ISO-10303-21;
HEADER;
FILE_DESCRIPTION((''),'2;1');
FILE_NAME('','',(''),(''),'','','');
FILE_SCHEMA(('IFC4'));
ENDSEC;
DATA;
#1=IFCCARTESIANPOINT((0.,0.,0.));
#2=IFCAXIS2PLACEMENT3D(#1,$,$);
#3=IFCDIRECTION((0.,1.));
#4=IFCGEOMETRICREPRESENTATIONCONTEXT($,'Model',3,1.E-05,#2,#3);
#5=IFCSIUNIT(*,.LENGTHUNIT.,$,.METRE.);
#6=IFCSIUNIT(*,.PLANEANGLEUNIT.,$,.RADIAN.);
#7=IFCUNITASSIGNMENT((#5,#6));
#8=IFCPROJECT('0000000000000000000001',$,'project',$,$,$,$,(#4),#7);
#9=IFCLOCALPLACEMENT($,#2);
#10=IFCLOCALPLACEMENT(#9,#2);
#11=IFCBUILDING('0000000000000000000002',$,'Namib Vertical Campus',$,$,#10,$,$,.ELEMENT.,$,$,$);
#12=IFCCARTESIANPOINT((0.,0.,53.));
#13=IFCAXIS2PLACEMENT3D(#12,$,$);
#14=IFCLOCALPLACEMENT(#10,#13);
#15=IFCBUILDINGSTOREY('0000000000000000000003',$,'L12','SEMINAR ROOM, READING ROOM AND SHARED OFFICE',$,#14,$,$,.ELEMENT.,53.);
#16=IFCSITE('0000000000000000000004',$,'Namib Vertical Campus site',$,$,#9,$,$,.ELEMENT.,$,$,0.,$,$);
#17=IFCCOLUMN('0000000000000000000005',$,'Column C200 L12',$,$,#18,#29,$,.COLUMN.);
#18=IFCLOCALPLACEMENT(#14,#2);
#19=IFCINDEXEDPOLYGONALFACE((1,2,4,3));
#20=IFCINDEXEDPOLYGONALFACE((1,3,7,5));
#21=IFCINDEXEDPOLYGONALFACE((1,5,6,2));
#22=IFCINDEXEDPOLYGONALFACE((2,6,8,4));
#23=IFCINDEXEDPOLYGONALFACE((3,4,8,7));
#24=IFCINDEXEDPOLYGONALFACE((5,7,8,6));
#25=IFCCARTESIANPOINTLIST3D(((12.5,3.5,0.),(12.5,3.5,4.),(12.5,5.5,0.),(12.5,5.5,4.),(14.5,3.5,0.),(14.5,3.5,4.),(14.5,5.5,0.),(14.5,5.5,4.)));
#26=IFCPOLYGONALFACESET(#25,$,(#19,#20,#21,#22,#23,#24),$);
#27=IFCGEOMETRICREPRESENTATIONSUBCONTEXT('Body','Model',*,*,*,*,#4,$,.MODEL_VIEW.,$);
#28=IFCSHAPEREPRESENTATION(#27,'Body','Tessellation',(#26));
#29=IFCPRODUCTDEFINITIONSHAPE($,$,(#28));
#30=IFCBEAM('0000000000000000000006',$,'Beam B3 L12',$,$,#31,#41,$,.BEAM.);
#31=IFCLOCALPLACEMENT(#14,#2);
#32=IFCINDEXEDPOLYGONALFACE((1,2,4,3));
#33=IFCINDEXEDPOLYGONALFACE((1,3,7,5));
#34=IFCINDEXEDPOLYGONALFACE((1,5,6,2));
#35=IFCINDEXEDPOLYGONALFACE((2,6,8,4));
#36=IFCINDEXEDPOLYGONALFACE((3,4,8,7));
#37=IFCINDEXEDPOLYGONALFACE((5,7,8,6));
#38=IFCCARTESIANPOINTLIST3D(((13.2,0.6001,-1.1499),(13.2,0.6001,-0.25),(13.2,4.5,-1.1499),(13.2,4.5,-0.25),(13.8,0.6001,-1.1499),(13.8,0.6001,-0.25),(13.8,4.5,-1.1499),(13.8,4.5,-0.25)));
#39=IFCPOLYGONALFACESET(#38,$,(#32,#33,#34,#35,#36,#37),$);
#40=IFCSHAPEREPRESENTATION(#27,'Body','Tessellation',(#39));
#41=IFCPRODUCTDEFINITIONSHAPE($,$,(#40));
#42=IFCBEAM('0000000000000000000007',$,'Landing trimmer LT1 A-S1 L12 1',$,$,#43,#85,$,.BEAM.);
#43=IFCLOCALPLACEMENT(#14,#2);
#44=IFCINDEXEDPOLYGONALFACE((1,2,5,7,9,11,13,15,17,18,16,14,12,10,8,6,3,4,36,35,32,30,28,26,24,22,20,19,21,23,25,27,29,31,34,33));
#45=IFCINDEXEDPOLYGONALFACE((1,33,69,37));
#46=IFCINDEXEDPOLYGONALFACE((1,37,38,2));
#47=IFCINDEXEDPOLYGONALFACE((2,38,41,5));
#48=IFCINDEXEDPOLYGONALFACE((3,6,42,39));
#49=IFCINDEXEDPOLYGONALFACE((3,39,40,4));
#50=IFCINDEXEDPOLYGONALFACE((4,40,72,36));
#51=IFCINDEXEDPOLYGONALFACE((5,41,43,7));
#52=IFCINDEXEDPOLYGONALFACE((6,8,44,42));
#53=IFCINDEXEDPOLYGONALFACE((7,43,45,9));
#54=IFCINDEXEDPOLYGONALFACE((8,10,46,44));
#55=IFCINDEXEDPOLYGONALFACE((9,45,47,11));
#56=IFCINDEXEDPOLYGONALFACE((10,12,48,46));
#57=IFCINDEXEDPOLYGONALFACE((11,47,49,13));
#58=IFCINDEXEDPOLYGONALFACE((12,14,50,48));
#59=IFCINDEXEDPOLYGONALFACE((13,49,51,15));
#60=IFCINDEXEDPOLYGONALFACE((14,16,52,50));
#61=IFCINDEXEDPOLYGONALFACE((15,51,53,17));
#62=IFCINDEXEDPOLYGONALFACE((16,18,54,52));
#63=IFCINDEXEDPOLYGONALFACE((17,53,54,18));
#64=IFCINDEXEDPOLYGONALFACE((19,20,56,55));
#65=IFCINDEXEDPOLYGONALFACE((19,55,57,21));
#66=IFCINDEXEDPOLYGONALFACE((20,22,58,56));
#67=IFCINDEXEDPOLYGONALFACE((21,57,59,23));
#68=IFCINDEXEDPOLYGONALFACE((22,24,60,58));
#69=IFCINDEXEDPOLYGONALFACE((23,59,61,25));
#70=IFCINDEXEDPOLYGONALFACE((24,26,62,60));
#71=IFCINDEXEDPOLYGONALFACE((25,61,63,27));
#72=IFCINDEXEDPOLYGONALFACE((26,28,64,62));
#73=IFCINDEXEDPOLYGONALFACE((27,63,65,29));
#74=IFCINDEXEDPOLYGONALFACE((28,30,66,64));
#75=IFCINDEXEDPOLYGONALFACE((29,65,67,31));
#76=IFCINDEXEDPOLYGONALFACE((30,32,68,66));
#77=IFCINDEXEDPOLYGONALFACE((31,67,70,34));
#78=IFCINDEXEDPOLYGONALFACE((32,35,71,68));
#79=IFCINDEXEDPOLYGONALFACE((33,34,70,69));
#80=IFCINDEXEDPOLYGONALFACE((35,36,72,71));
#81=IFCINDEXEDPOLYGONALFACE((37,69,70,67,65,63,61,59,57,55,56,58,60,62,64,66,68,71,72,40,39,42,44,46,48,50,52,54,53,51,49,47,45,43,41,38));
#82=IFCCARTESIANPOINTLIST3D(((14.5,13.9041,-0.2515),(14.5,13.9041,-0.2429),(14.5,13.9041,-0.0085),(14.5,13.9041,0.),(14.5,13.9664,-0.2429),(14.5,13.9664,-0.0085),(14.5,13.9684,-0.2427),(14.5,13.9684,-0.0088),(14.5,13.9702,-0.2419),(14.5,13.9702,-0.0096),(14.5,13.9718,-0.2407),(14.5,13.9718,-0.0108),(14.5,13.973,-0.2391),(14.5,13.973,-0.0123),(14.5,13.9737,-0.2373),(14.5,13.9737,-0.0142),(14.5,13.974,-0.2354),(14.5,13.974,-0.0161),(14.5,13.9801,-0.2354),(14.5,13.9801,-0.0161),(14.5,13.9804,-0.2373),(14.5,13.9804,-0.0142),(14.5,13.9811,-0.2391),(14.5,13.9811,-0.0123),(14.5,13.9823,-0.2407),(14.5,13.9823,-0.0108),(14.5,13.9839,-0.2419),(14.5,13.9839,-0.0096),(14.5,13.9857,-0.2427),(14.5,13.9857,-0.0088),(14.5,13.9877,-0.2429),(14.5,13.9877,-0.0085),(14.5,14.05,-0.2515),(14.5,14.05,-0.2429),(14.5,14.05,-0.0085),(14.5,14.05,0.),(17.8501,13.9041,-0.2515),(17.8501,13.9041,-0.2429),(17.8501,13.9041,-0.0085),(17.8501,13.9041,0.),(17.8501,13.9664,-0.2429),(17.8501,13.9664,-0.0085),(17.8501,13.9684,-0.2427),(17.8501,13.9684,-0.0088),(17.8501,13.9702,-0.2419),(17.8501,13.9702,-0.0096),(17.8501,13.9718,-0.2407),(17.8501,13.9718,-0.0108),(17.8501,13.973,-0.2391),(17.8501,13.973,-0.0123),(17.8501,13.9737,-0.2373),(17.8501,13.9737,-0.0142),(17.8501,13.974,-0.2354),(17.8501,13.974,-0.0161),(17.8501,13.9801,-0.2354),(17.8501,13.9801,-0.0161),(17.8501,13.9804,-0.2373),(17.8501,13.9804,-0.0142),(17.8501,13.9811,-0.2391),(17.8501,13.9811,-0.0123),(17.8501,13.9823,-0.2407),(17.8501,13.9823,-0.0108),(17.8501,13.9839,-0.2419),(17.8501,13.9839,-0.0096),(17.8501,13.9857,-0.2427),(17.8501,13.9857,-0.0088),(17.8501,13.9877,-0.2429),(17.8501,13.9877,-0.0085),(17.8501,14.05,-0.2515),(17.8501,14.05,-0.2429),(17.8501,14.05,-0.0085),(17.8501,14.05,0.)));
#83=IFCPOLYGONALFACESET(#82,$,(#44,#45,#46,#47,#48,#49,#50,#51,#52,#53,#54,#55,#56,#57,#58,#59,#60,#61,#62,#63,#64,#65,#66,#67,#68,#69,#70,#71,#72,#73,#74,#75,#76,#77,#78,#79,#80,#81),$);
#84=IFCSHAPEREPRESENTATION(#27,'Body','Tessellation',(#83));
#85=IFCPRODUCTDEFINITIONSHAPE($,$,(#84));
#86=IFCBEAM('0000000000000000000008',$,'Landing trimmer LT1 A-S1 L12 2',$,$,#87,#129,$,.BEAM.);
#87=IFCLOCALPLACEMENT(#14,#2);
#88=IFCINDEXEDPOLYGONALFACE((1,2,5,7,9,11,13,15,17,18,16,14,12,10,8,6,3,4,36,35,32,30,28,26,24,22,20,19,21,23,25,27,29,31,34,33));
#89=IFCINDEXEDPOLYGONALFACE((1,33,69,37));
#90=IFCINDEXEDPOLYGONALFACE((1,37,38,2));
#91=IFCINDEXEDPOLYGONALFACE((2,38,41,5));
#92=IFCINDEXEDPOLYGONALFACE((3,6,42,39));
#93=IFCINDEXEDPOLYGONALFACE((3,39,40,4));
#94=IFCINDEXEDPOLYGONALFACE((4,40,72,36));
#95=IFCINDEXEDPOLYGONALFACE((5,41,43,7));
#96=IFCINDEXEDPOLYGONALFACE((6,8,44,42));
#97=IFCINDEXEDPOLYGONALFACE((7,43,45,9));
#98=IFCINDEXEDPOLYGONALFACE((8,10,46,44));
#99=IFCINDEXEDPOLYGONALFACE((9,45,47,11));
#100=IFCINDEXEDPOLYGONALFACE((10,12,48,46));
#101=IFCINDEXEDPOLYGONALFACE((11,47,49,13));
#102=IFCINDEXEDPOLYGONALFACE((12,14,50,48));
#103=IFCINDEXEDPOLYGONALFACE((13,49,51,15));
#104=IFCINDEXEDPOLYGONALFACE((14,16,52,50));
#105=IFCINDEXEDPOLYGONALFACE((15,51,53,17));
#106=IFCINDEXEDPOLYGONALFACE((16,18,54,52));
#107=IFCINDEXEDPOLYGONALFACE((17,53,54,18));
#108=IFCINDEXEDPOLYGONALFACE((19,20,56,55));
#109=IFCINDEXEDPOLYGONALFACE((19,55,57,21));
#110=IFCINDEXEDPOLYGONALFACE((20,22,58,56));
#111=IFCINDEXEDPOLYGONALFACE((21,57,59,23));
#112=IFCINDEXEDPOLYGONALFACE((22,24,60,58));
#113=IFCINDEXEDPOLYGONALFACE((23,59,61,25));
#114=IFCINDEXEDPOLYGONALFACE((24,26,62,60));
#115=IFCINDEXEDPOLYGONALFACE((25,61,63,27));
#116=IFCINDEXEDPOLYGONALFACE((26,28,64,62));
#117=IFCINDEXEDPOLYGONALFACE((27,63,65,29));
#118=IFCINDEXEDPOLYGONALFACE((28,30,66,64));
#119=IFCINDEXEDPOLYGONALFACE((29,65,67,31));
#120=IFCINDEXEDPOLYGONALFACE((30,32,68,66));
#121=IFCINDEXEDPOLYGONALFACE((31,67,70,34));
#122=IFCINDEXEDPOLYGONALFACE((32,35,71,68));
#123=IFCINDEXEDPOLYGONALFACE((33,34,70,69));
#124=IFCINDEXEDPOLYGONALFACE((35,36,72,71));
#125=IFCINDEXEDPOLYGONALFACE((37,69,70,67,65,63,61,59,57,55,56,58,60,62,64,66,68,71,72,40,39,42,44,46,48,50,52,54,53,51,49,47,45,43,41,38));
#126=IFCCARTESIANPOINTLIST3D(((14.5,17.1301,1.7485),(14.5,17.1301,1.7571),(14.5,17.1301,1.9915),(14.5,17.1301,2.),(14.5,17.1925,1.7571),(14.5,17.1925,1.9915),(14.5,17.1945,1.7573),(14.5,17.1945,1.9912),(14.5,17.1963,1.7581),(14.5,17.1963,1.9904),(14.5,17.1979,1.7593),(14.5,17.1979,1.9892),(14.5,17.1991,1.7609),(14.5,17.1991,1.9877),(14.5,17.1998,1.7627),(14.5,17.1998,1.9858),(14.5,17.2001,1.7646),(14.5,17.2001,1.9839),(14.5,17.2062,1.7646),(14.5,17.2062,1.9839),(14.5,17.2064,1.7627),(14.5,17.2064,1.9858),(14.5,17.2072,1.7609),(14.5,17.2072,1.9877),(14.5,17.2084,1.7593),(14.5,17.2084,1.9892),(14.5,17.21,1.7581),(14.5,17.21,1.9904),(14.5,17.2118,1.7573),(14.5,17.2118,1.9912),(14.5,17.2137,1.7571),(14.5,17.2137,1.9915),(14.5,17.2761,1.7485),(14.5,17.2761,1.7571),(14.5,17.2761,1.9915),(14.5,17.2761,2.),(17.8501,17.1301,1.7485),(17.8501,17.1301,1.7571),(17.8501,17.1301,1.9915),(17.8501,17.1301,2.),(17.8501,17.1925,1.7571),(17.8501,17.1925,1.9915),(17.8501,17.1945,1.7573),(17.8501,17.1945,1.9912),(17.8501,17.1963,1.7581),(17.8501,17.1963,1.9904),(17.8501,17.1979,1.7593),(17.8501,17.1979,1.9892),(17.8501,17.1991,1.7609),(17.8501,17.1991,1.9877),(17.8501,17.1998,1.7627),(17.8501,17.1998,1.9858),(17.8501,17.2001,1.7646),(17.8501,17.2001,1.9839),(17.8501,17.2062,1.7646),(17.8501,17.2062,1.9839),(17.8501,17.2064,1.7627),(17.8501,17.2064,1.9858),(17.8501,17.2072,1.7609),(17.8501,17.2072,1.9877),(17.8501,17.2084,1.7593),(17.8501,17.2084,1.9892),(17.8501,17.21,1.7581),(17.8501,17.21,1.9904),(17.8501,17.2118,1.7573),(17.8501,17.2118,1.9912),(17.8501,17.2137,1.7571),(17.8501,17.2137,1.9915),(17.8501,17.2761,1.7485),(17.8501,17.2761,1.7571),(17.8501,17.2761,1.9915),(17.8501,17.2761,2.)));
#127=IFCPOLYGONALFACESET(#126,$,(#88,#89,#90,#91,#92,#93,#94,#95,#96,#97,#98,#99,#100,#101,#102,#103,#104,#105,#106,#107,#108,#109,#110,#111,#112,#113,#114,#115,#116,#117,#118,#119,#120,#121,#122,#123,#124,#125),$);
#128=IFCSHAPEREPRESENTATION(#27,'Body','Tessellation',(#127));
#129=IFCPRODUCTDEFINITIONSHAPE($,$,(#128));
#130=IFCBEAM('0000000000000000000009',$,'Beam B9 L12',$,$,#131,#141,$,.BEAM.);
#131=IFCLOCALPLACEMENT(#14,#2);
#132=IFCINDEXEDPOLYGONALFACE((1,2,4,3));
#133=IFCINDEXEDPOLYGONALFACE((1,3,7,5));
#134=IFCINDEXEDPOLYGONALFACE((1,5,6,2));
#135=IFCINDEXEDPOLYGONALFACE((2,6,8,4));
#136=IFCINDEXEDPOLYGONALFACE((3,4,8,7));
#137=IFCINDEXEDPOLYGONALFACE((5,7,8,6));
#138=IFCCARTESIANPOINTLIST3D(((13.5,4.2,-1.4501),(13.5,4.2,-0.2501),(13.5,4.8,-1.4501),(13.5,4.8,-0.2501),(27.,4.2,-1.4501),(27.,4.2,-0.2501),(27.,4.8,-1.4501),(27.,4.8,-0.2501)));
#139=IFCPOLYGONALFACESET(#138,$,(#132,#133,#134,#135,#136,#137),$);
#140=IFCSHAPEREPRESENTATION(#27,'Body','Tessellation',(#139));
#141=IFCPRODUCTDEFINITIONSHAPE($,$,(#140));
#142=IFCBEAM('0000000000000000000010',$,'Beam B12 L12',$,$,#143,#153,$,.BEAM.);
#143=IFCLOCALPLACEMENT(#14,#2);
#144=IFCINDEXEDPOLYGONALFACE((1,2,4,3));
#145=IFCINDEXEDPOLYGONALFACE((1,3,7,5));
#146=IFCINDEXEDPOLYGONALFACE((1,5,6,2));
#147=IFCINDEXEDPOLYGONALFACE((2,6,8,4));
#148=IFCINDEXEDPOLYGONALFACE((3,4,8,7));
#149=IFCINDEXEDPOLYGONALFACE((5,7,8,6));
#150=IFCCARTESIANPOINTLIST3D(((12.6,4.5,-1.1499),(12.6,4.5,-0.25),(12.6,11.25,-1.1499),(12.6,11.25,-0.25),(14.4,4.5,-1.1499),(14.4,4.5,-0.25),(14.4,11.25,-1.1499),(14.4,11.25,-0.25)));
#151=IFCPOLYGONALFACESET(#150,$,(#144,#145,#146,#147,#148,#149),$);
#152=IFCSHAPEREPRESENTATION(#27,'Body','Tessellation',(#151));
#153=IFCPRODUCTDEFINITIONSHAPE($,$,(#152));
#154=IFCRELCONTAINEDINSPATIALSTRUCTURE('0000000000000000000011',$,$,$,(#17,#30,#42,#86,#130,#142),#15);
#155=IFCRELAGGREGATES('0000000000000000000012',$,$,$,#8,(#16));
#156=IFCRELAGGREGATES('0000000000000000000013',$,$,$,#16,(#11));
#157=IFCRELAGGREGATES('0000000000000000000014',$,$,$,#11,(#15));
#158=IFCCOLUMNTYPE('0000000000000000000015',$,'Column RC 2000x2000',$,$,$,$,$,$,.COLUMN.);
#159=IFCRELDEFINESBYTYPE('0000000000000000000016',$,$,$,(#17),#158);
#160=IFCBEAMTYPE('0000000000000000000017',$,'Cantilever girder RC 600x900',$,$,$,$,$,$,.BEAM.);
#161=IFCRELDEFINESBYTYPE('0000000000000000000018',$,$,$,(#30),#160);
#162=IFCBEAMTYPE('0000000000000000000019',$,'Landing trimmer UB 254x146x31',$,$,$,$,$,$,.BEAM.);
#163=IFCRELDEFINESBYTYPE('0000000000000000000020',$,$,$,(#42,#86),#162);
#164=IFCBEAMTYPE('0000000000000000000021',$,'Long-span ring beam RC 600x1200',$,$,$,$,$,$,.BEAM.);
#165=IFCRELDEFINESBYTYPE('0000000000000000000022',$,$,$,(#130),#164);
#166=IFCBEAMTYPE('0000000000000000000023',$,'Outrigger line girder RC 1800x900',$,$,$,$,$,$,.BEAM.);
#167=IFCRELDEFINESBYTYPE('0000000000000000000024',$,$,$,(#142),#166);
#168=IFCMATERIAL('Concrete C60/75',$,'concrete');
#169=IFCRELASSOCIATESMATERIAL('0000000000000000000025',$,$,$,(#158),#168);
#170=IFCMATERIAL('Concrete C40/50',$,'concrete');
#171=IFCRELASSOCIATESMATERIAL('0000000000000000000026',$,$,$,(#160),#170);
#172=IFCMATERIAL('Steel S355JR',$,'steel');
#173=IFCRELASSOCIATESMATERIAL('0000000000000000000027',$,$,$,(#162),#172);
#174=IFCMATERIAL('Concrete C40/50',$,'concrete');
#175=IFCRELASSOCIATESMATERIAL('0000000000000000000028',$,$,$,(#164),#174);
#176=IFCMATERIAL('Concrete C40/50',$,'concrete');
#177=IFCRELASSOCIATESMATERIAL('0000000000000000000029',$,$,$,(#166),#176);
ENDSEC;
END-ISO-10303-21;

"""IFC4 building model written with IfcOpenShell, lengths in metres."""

from ifc_helpers import new_model, si_unit, direction, frame, origin, origin_2d, place, context, subcontext, project, spatial, rectangle, i_section, extrude, material, material_profile, profile_set, type_object, element, save


model = new_model("IFC4")

# Units and contexts
model_context = context("Model", 3, precision=1e-05, world=origin(), true_north=direction((0.0, 1.0)))
body_context = subcontext(model_context, "Body", "Model", "MODEL_VIEW")
ifc_project = project(units=[si_unit("LENGTHUNIT", "METRE"), si_unit("PLANEANGLEUNIT", "RADIAN")], contexts=[model_context])

# Site, building, storey
site_placement = place(None, origin())
site = spatial("IfcSite", under=ifc_project, at=site_placement, Name="Namib Vertical Campus site", CompositionType="ELEMENT", RefElevation=0.0)
building_placement = place(site_placement, origin())
building = spatial("IfcBuilding", under=site, at=building_placement, Name="Namib Vertical Campus", CompositionType="ELEMENT")
storey_placement = place(building_placement, frame((0.0, 0.0, 53.0)))
storey = spatial("IfcBuildingStorey", under=building, at=storey_placement, Name="L12", Description="SEMINAR ROOM, READING ROOM AND SHARED OFFICE", CompositionType="ELEMENT", Elevation=53.0)

# Column
ifc_material_1 = material(Name="Concrete C60/75", Category="concrete")
ifc_material_profile_1 = material_profile(ifc_material_1, rectangle(XDim=2.0, YDim=2.0, at=origin_2d()))
ifc_profile_set_1 = profile_set([ifc_material_profile_1], Name="Concrete C60/75")
column_type = type_object("IfcColumnType", Name="Column RC 2000x2000", PredefinedType="COLUMN", material=ifc_profile_set_1)
column_placement = place(storey_placement, frame((13.5, 4.5, 0.0), z_axis=(0.0, 0.0, 1.0), x_axis=(1.0, 0.0, 0.0)))
element("IfcColumn", 1, at=column_placement, inside=storey, type_object=column_type, Name="Column C200 L12", PredefinedType="COLUMN", context=body_context, shape_type="SweptSolid", body=[
    extrude(rectangle(XDim=2.0, YDim=2.0, at=origin_2d()), origin(), (0.0, 0.0, 1.0), 4.0),
])

# Beams
ifc_material_2 = material(Name="Concrete C40/50", Category="concrete")
ifc_material_profile_2 = material_profile(ifc_material_2, rectangle(XDim=0.6001, YDim=0.8999, at=origin_2d()))
ifc_profile_set_2 = profile_set([ifc_material_profile_2], Name="Concrete C40/50")
beam_type_1 = type_object("IfcBeamType", Name="Cantilever girder RC 600x900", PredefinedType="BEAM", material=ifc_profile_set_2)
beam_1_placement = place(storey_placement, frame((13.5, 4.5, -0.7), z_axis=(0.0, -1.0, 0.0), x_axis=(1.0, 0.0, 0.0)))
element("IfcBeam", 2, at=beam_1_placement, inside=storey, type_object=beam_type_1, Name="Beam B3 L12", PredefinedType="BEAM", context=body_context, shape_type="SweptSolid", body=[
    extrude(rectangle(XDim=0.6001, YDim=0.8999, at=origin_2d()), origin(), (0.0, 0.0, 1.0), 3.8999),
])
ifc_material_3 = material(Name="Steel S355JR", Category="steel")
ifc_material_profile_3 = material_profile(ifc_material_3, i_section(OverallWidth=0.146, OverallDepth=0.2515, WebThickness=0.0061, FlangeThickness=0.0085, FilletRadius=0.0076, at=origin_2d()))
ifc_profile_set_3 = profile_set([ifc_material_profile_3], Name="Steel S355JR")
beam_type_2 = type_object("IfcBeamType", Name="Landing trimmer UB 254x146x31", PredefinedType="BEAM", material=ifc_profile_set_3)
for number, where, z_axis, x_axis, name in (
    (3, (14.5, 13.9771, -0.1257), (1.0, 0.0, 0.0), (0.0, 1.0, 0.0), "Landing trimmer LT1 A-S1 L12 1"),
    (4, (14.5, 17.2031, 1.8743), (1.0, 0.0, 0.0), (0.0, 1.0, 0.0), "Landing trimmer LT1 A-S1 L12 2"),
):
    element("IfcBeam", number, at=place(storey_placement, frame(where, z_axis=z_axis, x_axis=x_axis)), inside=storey, type_object=beam_type_2, Name=name, PredefinedType="BEAM", context=body_context, shape_type="SweptSolid", body=[
        extrude(i_section(OverallWidth=0.146, OverallDepth=0.2515, WebThickness=0.0061, FlangeThickness=0.0085, FilletRadius=0.0076, at=origin_2d()), origin(), (0.0, 0.0, 1.0), 3.3501),
    ])
ifc_material_4 = material(Name="Concrete C40/50", Category="concrete")
ifc_material_profile_4 = material_profile(ifc_material_4, rectangle(XDim=0.6001, YDim=1.2, at=origin_2d()))
ifc_profile_set_4 = profile_set([ifc_material_profile_4], Name="Concrete C40/50")
beam_type_3 = type_object("IfcBeamType", Name="Long-span ring beam RC 600x1200", PredefinedType="BEAM", material=ifc_profile_set_4)
beam_2_placement = place(storey_placement, frame((13.5, 4.5, -0.8501), z_axis=(1.0, 0.0, 0.0), x_axis=(0.0, 1.0, 0.0)))
element("IfcBeam", 5, at=beam_2_placement, inside=storey, type_object=beam_type_3, Name="Beam B9 L12", PredefinedType="BEAM", context=body_context, shape_type="SweptSolid", body=[
    extrude(rectangle(XDim=0.6001, YDim=1.2, at=origin_2d()), origin(), (0.0, 0.0, 1.0), 13.5),
])
ifc_material_5 = material(Name="Concrete C40/50", Category="concrete")
ifc_material_profile_5 = material_profile(ifc_material_5, rectangle(XDim=1.8, YDim=0.8999, at=origin_2d()))
ifc_profile_set_5 = profile_set([ifc_material_profile_5], Name="Concrete C40/50")
beam_type_4 = type_object("IfcBeamType", Name="Outrigger line girder RC 1800x900", PredefinedType="BEAM", material=ifc_profile_set_5)
beam_3_placement = place(storey_placement, frame((13.5, 4.5, -0.7), z_axis=(0.0, 1.0, 0.0), x_axis=(-1.0, 0.0, 0.0)))
element("IfcBeam", 6, at=beam_3_placement, inside=storey, type_object=beam_type_4, Name="Beam B12 L12", PredefinedType="BEAM", context=body_context, shape_type="SweptSolid", body=[
    extrude(rectangle(XDim=1.8, YDim=0.8999, at=origin_2d()), origin(), (0.0, 0.0, 1.0), 6.75),
])

save(model, "model.ifc")
